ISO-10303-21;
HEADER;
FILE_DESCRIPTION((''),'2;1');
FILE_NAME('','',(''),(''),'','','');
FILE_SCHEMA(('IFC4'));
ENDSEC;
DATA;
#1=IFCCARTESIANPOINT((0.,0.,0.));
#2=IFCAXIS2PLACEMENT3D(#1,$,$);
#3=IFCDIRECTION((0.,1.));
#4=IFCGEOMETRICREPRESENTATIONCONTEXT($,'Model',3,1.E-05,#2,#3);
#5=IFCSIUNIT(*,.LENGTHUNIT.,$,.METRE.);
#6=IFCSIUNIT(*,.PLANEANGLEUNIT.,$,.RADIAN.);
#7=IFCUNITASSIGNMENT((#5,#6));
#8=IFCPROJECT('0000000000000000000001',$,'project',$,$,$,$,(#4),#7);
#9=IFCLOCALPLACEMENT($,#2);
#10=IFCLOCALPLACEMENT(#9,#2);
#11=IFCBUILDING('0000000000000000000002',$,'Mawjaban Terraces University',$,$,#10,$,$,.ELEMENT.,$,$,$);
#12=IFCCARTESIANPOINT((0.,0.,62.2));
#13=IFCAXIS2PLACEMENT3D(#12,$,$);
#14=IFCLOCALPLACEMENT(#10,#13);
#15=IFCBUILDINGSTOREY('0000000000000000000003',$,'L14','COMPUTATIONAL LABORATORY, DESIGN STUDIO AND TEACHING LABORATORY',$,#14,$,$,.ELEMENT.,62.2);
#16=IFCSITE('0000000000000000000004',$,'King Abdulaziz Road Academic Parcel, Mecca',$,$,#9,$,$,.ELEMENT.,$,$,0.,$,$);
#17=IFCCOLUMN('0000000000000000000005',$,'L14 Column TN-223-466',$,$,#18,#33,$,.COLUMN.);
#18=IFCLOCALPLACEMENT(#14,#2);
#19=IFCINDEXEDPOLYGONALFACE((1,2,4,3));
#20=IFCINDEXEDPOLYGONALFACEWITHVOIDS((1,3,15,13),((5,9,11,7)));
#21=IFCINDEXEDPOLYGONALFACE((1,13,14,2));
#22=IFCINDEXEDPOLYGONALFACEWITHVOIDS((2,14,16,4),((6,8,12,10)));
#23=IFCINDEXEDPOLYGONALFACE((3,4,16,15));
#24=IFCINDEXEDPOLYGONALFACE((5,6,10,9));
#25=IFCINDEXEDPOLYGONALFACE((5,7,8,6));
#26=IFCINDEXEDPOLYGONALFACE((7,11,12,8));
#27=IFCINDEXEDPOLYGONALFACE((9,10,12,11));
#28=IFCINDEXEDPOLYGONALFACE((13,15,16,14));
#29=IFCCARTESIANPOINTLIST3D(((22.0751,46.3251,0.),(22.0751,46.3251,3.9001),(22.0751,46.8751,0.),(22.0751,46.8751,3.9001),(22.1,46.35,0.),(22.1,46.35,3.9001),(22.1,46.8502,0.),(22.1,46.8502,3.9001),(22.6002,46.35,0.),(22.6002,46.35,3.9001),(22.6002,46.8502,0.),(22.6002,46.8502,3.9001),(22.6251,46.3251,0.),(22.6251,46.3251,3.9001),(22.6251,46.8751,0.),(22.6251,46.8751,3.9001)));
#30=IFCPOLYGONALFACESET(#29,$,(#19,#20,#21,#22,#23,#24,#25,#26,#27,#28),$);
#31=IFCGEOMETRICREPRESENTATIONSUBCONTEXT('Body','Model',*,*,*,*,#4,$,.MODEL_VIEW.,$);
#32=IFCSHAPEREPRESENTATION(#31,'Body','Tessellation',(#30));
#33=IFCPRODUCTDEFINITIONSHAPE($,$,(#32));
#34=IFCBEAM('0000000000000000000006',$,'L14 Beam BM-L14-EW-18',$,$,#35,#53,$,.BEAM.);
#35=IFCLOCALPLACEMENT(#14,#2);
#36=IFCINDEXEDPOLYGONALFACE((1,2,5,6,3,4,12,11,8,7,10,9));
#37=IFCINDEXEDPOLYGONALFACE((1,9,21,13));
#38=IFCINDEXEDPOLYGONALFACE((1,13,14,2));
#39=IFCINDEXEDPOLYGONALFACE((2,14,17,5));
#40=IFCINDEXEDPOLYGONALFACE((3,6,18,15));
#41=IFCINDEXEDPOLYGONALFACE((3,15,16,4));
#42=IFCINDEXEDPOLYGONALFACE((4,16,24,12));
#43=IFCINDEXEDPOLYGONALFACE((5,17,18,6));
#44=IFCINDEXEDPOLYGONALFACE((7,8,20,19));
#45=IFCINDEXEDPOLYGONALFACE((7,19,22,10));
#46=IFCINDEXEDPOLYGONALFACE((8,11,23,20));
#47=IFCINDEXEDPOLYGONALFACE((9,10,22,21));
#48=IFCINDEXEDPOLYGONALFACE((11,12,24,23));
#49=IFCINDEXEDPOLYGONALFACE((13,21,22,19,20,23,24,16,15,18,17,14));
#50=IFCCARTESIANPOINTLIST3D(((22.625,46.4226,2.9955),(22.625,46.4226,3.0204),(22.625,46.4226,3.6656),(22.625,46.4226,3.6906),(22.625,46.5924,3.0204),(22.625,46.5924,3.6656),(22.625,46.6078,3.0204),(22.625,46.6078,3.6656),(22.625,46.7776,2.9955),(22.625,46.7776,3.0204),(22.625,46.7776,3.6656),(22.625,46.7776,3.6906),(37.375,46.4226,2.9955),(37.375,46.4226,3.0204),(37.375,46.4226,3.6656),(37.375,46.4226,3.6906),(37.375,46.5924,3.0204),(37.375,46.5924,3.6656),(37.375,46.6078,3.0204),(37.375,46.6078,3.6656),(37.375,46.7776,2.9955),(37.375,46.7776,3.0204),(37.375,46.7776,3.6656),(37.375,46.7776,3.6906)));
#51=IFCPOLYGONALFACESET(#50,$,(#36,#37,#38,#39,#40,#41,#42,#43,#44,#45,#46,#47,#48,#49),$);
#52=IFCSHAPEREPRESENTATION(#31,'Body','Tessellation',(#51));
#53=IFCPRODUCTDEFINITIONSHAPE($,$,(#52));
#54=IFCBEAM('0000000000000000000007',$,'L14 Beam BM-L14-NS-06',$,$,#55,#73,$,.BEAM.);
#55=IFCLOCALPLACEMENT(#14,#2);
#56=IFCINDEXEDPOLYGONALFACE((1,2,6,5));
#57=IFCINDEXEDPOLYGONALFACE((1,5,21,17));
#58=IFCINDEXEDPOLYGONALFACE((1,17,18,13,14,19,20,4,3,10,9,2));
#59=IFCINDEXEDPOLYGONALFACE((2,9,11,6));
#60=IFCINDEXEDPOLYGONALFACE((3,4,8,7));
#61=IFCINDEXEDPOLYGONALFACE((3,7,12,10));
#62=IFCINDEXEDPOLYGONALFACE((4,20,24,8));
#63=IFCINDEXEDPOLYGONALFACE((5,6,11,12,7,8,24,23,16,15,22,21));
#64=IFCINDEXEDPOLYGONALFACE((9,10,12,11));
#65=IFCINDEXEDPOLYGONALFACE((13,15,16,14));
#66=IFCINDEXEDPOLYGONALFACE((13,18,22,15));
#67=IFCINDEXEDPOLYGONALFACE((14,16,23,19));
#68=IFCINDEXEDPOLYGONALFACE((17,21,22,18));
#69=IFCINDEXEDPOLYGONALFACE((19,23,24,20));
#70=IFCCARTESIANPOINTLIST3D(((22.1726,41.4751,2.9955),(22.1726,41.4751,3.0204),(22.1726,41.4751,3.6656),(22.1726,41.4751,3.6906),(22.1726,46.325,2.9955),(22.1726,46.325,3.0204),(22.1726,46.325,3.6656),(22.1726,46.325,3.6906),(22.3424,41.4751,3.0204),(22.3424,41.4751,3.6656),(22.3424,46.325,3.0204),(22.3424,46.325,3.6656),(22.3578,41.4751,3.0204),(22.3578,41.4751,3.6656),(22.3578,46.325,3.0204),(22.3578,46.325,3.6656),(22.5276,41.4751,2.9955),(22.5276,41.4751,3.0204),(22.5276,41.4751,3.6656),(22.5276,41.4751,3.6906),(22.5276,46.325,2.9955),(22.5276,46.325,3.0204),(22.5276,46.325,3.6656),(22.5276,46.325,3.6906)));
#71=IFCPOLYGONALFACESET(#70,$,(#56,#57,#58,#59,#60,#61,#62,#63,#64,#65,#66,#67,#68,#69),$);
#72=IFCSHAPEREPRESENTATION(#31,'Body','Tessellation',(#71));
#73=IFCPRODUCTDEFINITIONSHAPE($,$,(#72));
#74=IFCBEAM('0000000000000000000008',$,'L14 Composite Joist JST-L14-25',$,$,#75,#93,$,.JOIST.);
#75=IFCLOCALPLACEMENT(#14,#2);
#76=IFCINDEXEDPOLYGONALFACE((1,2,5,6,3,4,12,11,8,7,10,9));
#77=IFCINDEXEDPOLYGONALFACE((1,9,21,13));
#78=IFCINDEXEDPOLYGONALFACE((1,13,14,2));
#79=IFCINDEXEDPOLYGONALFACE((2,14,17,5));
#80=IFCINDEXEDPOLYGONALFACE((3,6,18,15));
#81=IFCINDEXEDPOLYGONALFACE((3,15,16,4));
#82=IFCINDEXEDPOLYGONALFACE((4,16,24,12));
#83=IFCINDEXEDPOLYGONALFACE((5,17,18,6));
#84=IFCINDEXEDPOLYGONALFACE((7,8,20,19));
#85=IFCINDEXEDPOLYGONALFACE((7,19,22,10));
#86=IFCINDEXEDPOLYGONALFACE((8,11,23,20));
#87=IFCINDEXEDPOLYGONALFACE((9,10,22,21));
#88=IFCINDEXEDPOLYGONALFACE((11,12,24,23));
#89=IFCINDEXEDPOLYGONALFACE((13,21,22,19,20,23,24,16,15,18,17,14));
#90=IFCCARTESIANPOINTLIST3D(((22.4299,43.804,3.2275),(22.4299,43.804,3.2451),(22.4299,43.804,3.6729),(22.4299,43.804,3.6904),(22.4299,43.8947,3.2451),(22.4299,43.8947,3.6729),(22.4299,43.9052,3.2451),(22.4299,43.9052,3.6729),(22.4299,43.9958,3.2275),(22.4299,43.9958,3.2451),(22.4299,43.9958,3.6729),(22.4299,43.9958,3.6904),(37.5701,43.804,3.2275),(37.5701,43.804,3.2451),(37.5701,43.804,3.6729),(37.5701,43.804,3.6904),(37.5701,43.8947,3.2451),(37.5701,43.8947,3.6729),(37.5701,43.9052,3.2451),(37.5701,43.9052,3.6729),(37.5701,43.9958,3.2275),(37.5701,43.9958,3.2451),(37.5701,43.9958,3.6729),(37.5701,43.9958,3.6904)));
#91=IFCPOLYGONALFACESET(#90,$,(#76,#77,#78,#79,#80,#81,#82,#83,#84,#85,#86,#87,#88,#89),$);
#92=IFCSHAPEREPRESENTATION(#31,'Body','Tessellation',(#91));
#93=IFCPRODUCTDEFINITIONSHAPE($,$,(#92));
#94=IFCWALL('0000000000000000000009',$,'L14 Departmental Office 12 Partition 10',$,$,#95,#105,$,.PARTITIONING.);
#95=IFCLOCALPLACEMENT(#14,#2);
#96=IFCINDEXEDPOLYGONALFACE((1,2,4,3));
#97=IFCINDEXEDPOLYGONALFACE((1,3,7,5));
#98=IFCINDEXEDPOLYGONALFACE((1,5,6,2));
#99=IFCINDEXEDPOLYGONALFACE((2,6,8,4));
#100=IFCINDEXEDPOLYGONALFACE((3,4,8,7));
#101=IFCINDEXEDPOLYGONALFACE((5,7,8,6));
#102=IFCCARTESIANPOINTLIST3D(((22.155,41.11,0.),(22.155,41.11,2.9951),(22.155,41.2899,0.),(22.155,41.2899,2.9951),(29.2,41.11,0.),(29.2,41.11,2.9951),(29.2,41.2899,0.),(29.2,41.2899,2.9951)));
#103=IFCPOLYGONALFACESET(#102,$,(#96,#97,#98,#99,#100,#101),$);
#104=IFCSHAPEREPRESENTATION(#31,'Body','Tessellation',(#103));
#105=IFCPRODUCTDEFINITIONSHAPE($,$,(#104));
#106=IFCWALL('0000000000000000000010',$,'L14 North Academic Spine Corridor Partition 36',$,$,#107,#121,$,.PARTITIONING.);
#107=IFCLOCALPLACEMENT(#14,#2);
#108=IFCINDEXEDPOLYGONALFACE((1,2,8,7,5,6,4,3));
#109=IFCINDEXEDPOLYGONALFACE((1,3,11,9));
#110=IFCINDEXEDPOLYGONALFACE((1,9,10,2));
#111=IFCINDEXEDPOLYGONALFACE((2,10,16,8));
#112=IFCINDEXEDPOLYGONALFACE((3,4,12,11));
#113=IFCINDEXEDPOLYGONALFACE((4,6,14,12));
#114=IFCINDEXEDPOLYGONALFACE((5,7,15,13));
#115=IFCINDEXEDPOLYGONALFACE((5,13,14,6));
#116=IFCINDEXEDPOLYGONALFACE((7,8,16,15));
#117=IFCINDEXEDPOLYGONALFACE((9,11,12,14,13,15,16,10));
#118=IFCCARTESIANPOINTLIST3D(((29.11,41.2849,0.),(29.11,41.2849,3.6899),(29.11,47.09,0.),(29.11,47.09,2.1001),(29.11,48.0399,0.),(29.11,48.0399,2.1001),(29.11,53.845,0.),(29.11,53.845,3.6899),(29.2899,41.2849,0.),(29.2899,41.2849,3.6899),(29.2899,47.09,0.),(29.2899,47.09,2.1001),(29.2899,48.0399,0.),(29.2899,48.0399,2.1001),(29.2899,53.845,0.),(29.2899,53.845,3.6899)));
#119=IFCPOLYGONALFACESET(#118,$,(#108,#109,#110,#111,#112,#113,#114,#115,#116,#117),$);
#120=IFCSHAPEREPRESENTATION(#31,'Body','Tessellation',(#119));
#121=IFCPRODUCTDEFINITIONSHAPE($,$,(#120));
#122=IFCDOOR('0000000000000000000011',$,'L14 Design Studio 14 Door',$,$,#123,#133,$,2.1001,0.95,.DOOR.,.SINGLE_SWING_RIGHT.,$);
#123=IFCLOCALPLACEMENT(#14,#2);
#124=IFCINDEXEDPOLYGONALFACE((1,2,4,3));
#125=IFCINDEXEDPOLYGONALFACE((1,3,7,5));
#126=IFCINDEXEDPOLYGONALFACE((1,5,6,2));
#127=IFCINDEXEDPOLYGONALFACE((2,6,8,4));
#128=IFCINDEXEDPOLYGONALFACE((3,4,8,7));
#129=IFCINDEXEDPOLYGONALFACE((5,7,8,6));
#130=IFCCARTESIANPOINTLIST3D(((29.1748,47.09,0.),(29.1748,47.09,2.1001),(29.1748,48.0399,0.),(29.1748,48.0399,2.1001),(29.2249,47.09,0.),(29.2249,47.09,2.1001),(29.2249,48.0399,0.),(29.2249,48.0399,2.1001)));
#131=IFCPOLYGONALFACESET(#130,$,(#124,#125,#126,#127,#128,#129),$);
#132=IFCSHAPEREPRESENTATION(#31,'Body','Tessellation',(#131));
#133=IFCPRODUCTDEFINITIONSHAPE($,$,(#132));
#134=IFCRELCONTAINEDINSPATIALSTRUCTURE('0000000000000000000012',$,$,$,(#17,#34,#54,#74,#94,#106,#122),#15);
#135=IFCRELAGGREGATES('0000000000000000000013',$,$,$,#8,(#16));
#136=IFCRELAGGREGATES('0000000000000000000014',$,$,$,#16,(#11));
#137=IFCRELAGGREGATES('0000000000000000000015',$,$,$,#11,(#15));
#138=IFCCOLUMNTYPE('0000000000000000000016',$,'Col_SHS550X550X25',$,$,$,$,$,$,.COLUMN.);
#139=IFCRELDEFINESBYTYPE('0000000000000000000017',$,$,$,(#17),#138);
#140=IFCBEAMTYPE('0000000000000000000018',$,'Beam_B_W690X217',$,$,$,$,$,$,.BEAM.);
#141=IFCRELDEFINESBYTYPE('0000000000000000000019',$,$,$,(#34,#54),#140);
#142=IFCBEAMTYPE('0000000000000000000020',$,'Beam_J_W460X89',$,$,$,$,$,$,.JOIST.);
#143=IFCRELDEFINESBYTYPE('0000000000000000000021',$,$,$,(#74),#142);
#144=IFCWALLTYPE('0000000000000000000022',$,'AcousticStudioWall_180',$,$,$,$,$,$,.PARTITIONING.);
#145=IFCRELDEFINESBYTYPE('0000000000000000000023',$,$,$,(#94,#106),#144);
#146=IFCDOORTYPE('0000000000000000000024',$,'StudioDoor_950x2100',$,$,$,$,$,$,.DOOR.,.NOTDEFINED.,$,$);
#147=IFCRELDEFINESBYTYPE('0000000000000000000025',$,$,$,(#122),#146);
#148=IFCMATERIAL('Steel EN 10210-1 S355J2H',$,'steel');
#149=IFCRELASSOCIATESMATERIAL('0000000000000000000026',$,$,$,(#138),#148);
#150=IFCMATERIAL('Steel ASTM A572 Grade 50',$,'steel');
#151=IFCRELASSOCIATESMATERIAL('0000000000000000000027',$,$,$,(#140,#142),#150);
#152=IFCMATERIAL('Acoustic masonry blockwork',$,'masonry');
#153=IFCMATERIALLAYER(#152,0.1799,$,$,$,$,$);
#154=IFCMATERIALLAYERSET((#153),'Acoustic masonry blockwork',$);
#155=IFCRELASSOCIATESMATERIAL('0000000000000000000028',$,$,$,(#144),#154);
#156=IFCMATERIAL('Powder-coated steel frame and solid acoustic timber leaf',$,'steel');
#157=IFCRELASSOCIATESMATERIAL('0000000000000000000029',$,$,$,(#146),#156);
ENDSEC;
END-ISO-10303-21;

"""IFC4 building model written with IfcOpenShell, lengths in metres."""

from ifc_helpers import new_model, si_unit, direction, frame, frame_2d, origin, origin_2d, place, context, subcontext, project, spatial, rectangle, hollow_rectangle, i_section, extrude, material, layer, layer_set, material_profile, profile_set, type_object, element, fill, save


model = new_model("IFC4")

# Units and contexts
model_context = context("Model", 3, precision=1e-05, world=origin(), true_north=direction((0.0, 1.0)))
body_context = subcontext(model_context, "Body", "Model", "MODEL_VIEW")
ifc_project = project(units=[si_unit("LENGTHUNIT", "METRE"), si_unit("PLANEANGLEUNIT", "RADIAN")], contexts=[model_context])

# Site, building, storey
site_placement = place(None, origin())
site = spatial("IfcSite", under=ifc_project, at=site_placement, Name="King Abdulaziz Road Academic Parcel, Mecca", CompositionType="ELEMENT", RefElevation=0.0)
building_placement = place(site_placement, origin())
building = spatial("IfcBuilding", under=site, at=building_placement, Name="Mawjaban Terraces University", CompositionType="ELEMENT")
storey_placement = place(building_placement, frame((0.0, 0.0, 62.2)))
storey = spatial("IfcBuildingStorey", under=building, at=storey_placement, Name="L14", Description="COMPUTATIONAL LABORATORY, DESIGN STUDIO AND TEACHING LABORATORY", CompositionType="ELEMENT", Elevation=62.2)

# Column
ifc_material_1 = material(Name="Steel EN 10210-1 S355J2H", Category="steel")
ifc_material_profile_1 = material_profile(ifc_material_1, hollow_rectangle(XDim=0.55, YDim=0.55, WallThickness=0.0249, at=origin_2d()), Name="SHS550X550X25")
ifc_profile_set_1 = profile_set([ifc_material_profile_1], Name="Steel EN 10210-1 S355J2H")
column_type = type_object("IfcColumnType", Name="Col_SHS550X550X25", PredefinedType="COLUMN", material=ifc_profile_set_1)
column_placement = place(storey_placement, frame((22.3501, 46.6001, 0.0), z_axis=(0.0, 0.0, 1.0), x_axis=(1.0, 0.0, 0.0)))
element("IfcColumn", 1, at=column_placement, inside=storey, type_object=column_type, Name="L14 Column TN-223-466", PredefinedType="COLUMN", context=body_context, shape_type="SweptSolid", body=[
    extrude(hollow_rectangle(XDim=0.55, YDim=0.55, WallThickness=0.0249, at=origin_2d()), origin(), (0.0, 0.0, 1.0), 3.9001),
])

# Beams
ifc_material_2 = material(Name="Steel ASTM A572 Grade 50", Category="steel")
ifc_material_profile_2 = material_profile(ifc_material_2, i_section(OverallWidth=0.355, OverallDepth=0.6951, WebThickness=0.0154, FlangeThickness=0.0249, at=origin_2d()), Name="W690X217")
ifc_profile_set_2 = profile_set([ifc_material_profile_2], Name="Steel ASTM A572 Grade 50")
beam_type_1 = type_object("IfcBeamType", Name="Beam_B_W690X217", PredefinedType="BEAM", material=ifc_profile_set_2)
beam_1_placement = place(storey_placement, frame((22.625, 46.6001, 3.343), z_axis=(1.0, 0.0, 0.0), x_axis=(0.0, 1.0, 0.0)))
element("IfcBeam", 2, at=beam_1_placement, inside=storey, type_object=beam_type_1, Name="L14 Beam BM-L14-EW-18", PredefinedType="BEAM", context=body_context, shape_type="SweptSolid", body=[
    extrude(i_section(OverallWidth=0.355, OverallDepth=0.6951, WebThickness=0.0154, FlangeThickness=0.0249, at=origin_2d()), origin(), (0.0, 0.0, 1.0), 14.75),
])
beam_2_placement = place(storey_placement, frame((22.3501, 41.4751, 3.343), z_axis=(0.0, 1.0, 0.0), x_axis=(-1.0, 0.0, 0.0)))
element("IfcBeam", 3, at=beam_2_placement, inside=storey, type_object=beam_type_1, Name="L14 Beam BM-L14-NS-06", PredefinedType="BEAM", context=body_context, shape_type="SweptSolid", body=[
    extrude(i_section(OverallWidth=0.355, OverallDepth=0.6951, WebThickness=0.0154, FlangeThickness=0.0249, at=origin_2d()), origin(), (0.0, 0.0, 1.0), 4.8499),
])
ifc_material_profile_3 = material_profile(ifc_material_2, i_section(OverallWidth=0.1919, OverallDepth=0.4629, WebThickness=0.0105, FlangeThickness=0.0176, at=origin_2d()), Name="W460X89")
ifc_profile_set_3 = profile_set([ifc_material_profile_3], Name="Steel ASTM A572 Grade 50")
beam_type_2 = type_object("IfcBeamType", Name="Beam_J_W460X89", PredefinedType="JOIST", material=ifc_profile_set_3)
beam_3_placement = place(storey_placement, frame((22.4299, 43.8999, 3.459), z_axis=(1.0, 0.0, 0.0), x_axis=(0.0, 1.0, 0.0)))
element("IfcBeam", 4, at=beam_3_placement, inside=storey, type_object=beam_type_2, Name="L14 Composite Joist JST-L14-25", PredefinedType="JOIST", context=body_context, shape_type="SweptSolid", body=[
    extrude(i_section(OverallWidth=0.1919, OverallDepth=0.4629, WebThickness=0.0105, FlangeThickness=0.0176, at=origin_2d()), origin(), (0.0, 0.0, 1.0), 15.1401),
])

# Wall
ifc_material_3 = material(Name="Acoustic masonry blockwork", Category="masonry")
ifc_layer_1 = layer(ifc_material_3, 0.1799)
ifc_layer_set_1 = layer_set([ifc_layer_1], Name="Acoustic masonry blockwork")
wall_type_1 = type_object("IfcWallType", Name="AcousticStudioWall_180", PredefinedType="PARTITIONING", material=ifc_layer_set_1)
wall_1_placement = place(storey_placement, frame((29.2, 41.2, 0.0), z_axis=(0.0, 0.0, 1.0), x_axis=(-1.0, 0.0, 0.0)))
element("IfcWall", 5, at=wall_1_placement, inside=storey, type_object=wall_type_1, Name="L14 Departmental Office 12 Partition 10", PredefinedType="PARTITIONING", context=body_context, shape_type="SweptSolid", body=[
    extrude(rectangle(XDim=7.0449, YDim=0.1799, at=frame_2d((3.5225, 0.0))), origin(), (0.0, 0.0, 1.0), 2.9951),
])

# Wall, opening, door
wall_2_placement = place(storey_placement, frame((29.2, 53.845, 0.0), z_axis=(0.0, 0.0, 1.0), x_axis=(0.0, -1.0, 0.0)))
wall_2 = element("IfcWall", 6, at=wall_2_placement, inside=storey, type_object=wall_type_1, Name="L14 North Academic Spine Corridor Partition 36", PredefinedType="PARTITIONING", context=body_context, shape_type="SweptSolid", body=[
    extrude(rectangle(XDim=12.5601, YDim=0.1799, at=frame_2d((6.28, 0.0))), origin(), (0.0, 0.0, 1.0), 3.6899),
])
opening_1_placement = place(wall_2_placement, frame((5.8049, 0.0, 0.0)))
opening_1 = element("IfcOpeningElement", 7, at=opening_1_placement, cuts=wall_2, PredefinedType="OPENING", context=body_context, shape_type="SweptSolid", body=[
    extrude(rectangle(XDim=0.95, YDim=2.1001, at=frame_2d((0.4751, 1.05))), frame((0.0, 0.0999, 0.0), z_axis=(0.0, -1.0, 0.0), x_axis=(1.0, 0.0, 0.0)), (0.0, 0.0, 1.0), 0.2),
])
ifc_material_4 = material(Name="Powder-coated steel frame and solid acoustic timber leaf", Category="steel")
door_type_1 = type_object("IfcDoorType", Name="StudioDoor_950x2100", OperationType="NOTDEFINED", PredefinedType="DOOR", material=ifc_material_4)
door_1_placement = place(opening_1_placement, origin())
door_1 = element("IfcDoor", 8, at=door_1_placement, inside=storey, type_object=door_type_1, Name="L14 Design Studio 14 Door", OperationType="SINGLE_SWING_RIGHT", OverallHeight=2.1001, OverallWidth=0.95, PredefinedType="DOOR", context=body_context, shape_type="SweptSolid", body=[
    extrude(rectangle(XDim=0.95, YDim=2.1001, at=frame_2d((0.4751, 1.05))), frame((0.0, 0.0249, 0.0), z_axis=(0.0, -1.0, 0.0), x_axis=(1.0, 0.0, 0.0)), (0.0, 0.0, 1.0), 0.05),
])
fill(opening_1, door_1)

save(model, "model.ifc")
